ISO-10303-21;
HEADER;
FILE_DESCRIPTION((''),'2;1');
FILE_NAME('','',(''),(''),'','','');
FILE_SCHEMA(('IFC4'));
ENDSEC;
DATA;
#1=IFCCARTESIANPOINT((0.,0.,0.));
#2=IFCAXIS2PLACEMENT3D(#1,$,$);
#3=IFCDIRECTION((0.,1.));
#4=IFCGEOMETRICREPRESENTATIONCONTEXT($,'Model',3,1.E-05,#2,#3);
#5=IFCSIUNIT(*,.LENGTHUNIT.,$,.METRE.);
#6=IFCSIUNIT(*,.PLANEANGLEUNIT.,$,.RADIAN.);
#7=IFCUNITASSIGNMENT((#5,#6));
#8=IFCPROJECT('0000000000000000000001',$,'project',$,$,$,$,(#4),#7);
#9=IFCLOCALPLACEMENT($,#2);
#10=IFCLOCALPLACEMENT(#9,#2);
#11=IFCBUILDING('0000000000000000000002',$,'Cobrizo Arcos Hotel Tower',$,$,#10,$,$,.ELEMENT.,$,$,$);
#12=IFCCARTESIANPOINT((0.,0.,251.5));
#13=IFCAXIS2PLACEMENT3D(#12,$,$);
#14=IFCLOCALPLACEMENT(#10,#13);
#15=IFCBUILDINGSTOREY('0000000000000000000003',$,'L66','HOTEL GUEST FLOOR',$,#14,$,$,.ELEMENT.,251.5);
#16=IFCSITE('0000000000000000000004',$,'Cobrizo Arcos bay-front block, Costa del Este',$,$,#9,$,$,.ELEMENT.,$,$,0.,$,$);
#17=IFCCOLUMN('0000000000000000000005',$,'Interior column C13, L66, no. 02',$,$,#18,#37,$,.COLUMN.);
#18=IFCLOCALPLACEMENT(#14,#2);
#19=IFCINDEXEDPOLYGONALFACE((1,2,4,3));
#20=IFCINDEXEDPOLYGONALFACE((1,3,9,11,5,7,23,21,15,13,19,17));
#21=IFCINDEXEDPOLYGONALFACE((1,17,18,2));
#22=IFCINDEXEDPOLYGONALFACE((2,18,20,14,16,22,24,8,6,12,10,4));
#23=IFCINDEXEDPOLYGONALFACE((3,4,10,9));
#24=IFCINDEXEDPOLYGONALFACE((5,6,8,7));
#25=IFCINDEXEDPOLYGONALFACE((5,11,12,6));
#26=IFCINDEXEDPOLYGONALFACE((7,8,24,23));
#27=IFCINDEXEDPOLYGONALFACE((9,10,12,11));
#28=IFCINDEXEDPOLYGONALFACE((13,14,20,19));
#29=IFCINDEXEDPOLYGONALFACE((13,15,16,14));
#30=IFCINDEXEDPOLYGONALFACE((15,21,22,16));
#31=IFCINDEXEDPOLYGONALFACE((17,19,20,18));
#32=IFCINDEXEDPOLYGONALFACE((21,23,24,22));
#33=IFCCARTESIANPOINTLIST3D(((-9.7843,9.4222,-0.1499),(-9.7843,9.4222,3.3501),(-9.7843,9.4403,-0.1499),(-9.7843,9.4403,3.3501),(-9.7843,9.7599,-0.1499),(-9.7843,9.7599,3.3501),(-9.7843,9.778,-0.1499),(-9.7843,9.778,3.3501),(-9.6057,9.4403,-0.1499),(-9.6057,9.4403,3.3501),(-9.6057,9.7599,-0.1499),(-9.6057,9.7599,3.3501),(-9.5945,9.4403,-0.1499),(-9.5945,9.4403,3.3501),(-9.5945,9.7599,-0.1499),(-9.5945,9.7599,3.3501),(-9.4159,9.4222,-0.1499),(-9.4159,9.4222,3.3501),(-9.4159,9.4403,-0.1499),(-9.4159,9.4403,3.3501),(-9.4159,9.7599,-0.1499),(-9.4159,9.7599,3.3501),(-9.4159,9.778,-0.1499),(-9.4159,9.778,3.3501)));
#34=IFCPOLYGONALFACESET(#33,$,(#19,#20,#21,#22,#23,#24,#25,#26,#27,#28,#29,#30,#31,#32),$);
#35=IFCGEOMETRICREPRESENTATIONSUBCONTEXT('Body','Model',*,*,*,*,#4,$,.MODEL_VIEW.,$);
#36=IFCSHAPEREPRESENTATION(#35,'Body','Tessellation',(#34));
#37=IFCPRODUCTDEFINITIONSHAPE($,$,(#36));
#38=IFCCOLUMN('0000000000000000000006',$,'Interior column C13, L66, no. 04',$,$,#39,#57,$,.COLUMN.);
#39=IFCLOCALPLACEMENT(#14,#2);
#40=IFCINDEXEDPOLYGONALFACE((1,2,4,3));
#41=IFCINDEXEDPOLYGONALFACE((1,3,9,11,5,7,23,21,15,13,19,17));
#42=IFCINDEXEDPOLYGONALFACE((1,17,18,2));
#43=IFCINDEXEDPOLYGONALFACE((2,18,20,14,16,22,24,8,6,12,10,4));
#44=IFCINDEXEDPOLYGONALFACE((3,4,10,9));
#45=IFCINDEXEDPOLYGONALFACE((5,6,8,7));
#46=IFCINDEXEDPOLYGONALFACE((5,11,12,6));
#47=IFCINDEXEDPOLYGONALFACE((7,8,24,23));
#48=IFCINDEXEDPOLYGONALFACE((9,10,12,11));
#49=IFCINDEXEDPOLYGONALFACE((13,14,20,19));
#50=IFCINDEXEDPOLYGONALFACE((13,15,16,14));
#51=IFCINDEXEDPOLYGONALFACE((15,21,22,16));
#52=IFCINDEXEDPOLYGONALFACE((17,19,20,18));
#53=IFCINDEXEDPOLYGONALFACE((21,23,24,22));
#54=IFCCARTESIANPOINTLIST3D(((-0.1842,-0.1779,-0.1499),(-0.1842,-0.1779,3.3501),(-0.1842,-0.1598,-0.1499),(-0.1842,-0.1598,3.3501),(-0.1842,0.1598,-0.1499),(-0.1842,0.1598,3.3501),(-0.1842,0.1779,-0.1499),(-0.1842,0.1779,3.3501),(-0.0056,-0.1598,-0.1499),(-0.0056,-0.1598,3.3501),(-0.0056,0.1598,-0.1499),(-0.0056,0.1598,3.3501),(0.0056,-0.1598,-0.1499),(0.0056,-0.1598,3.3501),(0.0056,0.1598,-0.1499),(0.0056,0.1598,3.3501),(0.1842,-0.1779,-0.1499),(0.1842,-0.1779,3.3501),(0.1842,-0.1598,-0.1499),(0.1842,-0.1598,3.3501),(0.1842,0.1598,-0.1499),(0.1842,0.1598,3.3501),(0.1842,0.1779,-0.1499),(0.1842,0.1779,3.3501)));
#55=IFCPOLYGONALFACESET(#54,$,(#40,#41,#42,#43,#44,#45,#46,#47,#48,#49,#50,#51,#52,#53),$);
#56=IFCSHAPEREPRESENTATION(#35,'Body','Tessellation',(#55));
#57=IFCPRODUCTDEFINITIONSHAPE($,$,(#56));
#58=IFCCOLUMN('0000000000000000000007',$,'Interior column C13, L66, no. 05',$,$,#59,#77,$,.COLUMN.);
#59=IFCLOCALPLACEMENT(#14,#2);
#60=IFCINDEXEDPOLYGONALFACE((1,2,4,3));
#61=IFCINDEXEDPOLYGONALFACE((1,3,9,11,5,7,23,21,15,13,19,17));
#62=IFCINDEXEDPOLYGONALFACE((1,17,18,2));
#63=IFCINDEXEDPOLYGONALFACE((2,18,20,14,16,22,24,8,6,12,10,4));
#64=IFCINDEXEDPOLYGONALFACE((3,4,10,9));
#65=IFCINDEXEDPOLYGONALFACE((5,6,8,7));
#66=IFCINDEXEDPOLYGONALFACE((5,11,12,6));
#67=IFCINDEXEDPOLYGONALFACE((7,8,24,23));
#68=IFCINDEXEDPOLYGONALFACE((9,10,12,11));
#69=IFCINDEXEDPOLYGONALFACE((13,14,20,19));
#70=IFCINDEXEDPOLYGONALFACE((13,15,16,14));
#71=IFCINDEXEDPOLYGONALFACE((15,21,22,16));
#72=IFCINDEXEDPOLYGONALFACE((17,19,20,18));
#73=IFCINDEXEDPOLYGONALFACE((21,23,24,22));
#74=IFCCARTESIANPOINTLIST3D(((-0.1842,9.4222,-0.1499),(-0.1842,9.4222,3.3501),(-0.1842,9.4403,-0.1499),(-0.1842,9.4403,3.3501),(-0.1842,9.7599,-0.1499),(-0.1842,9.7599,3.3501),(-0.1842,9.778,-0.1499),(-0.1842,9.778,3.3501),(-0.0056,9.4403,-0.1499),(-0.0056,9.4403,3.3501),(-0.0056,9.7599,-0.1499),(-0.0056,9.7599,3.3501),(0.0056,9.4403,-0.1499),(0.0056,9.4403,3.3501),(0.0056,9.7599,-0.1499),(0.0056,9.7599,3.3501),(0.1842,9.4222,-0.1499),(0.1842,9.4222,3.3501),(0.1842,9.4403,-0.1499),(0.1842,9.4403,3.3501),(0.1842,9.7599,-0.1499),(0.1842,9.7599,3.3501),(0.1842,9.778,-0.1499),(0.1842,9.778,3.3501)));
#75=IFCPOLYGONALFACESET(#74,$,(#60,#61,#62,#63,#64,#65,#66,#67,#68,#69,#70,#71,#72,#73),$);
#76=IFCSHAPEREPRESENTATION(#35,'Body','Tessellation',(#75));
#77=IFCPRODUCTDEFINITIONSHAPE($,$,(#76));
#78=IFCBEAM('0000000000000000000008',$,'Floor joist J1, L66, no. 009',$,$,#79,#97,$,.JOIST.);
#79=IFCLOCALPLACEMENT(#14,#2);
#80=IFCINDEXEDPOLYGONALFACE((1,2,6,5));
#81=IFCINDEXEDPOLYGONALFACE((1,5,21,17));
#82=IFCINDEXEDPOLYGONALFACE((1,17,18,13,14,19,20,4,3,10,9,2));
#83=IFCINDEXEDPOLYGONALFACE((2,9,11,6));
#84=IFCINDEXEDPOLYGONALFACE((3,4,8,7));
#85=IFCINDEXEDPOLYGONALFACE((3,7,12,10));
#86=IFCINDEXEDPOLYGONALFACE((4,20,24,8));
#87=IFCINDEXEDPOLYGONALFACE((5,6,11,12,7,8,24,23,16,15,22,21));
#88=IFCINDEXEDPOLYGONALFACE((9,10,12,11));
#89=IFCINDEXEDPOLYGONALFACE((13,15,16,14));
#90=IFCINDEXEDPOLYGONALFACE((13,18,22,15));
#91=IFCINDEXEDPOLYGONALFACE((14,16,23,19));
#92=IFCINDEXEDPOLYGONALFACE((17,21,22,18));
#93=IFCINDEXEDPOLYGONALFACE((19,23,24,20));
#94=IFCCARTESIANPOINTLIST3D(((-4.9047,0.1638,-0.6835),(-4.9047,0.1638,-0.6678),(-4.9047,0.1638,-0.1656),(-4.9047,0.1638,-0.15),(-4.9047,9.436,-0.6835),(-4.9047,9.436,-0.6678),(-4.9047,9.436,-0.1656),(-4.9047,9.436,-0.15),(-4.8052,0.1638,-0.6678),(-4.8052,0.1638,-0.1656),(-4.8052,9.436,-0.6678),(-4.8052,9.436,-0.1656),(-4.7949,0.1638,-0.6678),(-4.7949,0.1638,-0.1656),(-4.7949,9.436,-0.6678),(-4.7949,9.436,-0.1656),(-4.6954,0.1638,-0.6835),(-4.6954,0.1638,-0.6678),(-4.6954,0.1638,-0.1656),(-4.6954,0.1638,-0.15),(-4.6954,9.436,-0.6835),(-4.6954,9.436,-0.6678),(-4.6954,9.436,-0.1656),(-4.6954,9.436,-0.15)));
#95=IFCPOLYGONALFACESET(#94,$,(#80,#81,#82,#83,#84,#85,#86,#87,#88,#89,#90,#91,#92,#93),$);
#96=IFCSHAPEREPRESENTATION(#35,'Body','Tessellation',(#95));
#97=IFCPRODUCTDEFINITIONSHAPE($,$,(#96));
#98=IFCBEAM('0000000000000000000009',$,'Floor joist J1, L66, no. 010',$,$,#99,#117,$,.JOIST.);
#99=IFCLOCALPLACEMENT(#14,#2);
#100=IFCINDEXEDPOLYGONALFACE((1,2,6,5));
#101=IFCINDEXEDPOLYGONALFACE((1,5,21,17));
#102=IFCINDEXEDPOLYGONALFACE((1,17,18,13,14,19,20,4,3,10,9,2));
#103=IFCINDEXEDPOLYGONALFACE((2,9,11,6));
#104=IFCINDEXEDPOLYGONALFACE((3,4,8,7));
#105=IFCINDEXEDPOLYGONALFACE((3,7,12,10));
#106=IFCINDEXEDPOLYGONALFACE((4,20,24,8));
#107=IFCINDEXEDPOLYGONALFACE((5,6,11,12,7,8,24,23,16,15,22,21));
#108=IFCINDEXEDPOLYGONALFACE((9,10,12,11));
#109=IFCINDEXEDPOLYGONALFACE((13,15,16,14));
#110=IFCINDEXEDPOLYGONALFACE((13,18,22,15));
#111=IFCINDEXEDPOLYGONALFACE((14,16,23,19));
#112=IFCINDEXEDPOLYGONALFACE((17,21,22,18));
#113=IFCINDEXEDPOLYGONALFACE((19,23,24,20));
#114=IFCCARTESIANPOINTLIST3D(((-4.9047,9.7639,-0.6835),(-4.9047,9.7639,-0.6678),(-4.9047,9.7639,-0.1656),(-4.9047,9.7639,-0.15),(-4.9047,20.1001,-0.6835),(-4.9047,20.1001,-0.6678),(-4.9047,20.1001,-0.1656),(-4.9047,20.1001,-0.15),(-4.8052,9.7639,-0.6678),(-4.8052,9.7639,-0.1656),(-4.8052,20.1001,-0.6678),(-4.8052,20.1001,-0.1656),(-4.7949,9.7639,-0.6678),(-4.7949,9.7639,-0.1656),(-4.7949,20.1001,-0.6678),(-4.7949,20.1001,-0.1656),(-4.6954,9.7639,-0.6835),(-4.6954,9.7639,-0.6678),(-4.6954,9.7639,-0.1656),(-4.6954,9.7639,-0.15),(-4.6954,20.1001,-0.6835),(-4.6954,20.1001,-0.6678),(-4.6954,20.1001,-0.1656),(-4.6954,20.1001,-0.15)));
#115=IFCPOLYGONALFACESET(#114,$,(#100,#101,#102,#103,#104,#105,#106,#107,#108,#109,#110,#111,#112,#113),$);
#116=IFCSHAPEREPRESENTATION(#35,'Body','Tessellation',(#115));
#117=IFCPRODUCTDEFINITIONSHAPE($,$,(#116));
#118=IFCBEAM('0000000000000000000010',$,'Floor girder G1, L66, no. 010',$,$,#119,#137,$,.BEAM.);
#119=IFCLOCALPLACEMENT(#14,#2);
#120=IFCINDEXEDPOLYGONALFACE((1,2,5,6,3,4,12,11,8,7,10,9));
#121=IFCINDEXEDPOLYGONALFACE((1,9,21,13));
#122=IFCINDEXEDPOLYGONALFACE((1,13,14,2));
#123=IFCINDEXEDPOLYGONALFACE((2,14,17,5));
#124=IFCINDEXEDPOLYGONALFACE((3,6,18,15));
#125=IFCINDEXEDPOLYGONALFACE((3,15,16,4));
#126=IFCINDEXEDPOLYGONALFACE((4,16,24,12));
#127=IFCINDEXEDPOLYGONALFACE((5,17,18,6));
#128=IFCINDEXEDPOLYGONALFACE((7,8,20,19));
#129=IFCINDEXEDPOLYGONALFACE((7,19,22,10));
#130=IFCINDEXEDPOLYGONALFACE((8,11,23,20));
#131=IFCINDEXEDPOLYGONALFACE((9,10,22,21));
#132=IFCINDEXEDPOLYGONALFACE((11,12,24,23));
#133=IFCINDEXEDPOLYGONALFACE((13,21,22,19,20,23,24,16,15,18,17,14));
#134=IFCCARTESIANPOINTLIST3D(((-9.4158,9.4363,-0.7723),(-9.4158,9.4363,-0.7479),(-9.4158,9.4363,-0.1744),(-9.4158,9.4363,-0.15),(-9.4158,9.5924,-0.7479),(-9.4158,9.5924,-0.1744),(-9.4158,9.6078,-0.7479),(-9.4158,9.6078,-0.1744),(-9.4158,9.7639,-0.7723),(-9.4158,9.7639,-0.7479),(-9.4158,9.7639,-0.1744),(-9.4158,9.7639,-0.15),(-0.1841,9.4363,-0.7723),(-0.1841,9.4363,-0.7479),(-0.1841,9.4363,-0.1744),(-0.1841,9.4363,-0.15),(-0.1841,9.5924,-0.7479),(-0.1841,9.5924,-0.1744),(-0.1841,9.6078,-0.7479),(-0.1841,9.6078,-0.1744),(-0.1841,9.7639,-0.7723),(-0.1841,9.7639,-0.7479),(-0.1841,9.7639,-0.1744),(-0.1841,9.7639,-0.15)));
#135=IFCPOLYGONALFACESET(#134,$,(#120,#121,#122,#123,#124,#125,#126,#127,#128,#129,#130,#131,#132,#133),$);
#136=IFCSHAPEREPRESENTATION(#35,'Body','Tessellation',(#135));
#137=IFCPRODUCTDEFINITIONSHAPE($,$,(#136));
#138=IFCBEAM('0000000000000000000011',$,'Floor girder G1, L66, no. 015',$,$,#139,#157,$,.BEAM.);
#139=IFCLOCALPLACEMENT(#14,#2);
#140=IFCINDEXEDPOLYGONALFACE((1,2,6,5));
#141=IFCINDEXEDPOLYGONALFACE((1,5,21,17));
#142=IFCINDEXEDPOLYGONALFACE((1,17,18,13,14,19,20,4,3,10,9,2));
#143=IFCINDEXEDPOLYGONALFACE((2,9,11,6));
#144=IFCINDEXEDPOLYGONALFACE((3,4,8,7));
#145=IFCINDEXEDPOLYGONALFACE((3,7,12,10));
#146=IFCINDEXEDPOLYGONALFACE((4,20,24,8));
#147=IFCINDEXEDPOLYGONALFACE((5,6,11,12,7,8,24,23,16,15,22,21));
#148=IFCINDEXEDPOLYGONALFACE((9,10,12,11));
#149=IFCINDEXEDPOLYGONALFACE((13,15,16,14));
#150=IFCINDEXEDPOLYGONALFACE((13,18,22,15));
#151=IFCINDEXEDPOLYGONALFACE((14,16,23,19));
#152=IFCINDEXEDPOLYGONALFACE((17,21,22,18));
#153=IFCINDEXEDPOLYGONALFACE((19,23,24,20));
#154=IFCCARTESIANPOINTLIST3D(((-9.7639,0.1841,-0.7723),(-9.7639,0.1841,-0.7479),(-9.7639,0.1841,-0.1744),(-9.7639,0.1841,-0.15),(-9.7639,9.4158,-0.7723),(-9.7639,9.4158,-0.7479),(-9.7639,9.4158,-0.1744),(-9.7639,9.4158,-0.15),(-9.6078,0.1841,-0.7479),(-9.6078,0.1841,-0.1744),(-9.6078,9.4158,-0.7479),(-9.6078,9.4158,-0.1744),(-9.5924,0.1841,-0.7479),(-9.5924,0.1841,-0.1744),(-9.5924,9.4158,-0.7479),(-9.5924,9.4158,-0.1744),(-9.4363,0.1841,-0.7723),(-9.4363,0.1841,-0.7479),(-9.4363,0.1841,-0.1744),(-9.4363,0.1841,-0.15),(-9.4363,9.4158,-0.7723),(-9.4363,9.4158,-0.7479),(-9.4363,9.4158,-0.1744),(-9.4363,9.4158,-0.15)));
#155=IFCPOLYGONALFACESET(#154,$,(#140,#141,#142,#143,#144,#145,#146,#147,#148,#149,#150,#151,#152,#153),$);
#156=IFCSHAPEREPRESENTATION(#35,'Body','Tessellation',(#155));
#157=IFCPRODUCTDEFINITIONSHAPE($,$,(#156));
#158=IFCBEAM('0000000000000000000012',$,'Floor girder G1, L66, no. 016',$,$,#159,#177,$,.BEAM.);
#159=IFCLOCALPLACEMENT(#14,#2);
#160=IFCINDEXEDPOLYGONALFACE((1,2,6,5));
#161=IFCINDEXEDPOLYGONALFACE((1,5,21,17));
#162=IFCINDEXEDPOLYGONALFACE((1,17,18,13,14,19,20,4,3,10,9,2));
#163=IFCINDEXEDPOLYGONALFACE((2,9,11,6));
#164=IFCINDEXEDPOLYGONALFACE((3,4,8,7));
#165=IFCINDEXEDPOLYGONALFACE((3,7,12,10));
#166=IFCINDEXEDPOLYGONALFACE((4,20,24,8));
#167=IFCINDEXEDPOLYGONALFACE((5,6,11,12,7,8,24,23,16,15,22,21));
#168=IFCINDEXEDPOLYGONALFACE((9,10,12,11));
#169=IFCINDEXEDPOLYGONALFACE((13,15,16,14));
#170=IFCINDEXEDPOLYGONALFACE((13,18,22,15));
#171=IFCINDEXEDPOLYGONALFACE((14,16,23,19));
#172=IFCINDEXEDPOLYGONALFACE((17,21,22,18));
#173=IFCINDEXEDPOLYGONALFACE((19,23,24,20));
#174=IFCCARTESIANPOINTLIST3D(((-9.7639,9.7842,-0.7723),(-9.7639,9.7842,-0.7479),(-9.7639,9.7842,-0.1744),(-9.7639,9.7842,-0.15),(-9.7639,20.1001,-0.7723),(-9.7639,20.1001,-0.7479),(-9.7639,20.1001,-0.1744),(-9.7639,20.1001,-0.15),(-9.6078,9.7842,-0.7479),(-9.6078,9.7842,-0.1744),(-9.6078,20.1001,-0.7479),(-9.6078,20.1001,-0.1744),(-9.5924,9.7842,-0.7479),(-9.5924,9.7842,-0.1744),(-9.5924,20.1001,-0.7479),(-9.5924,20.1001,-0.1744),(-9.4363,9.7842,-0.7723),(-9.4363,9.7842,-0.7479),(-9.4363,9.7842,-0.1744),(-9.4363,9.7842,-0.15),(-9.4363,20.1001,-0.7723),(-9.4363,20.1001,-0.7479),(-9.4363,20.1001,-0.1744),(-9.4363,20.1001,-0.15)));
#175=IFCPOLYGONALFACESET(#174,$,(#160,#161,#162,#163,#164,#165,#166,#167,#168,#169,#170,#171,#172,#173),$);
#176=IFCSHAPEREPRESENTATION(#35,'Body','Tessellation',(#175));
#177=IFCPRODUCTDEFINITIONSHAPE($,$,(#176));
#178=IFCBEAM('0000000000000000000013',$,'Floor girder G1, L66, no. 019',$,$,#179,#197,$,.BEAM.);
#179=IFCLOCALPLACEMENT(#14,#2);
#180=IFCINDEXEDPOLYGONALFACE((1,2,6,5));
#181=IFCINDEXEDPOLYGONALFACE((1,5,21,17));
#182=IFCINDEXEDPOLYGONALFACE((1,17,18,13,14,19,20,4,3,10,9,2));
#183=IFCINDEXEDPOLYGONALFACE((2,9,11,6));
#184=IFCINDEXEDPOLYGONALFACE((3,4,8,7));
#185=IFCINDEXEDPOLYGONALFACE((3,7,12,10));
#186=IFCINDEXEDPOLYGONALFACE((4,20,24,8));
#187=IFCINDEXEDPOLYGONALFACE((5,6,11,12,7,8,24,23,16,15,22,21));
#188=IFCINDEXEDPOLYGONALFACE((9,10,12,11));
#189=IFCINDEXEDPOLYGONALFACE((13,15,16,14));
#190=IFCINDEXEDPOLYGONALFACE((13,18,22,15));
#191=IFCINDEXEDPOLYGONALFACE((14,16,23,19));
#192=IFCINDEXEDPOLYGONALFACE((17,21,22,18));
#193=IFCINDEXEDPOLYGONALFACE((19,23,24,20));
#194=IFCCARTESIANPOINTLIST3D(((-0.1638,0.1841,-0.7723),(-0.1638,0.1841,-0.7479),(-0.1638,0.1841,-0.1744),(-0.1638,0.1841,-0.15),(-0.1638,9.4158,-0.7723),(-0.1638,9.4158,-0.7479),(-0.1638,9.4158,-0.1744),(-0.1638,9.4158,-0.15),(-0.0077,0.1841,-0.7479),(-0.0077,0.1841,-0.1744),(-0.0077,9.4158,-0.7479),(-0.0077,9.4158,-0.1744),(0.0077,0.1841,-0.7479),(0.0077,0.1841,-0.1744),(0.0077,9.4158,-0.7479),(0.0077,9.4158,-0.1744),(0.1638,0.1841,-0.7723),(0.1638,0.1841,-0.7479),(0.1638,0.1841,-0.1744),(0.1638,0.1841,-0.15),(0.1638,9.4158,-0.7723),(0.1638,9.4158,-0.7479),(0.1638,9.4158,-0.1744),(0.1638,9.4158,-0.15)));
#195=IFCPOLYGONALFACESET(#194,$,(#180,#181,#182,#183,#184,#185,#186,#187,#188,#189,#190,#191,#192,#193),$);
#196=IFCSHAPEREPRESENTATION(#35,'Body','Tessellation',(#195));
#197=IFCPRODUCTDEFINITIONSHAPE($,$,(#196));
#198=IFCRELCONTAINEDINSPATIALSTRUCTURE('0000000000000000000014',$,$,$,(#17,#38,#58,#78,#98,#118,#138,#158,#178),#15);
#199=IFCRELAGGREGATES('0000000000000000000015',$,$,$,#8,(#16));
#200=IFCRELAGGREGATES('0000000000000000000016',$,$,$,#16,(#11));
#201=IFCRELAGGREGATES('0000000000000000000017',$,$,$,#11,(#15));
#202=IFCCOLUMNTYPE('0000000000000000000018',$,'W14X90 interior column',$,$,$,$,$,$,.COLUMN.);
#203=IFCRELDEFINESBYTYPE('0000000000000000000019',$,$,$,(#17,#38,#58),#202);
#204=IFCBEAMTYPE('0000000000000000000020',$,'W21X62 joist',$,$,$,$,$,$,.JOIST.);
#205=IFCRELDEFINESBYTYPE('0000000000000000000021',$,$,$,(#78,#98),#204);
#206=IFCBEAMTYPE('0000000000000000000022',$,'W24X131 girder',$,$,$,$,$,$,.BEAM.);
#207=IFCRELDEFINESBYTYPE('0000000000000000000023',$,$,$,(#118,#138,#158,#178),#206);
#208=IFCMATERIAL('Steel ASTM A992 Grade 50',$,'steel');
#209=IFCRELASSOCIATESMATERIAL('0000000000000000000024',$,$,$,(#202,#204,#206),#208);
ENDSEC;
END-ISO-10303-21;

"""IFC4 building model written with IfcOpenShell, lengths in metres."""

from ifc_helpers import new_model, si_unit, direction, frame, origin, origin_2d, place, context, subcontext, project, spatial, i_section, extrude, material, material_profile, profile_set, type_object, element, save


model = new_model("IFC4")

# Units and contexts
model_context = context("Model", 3, precision=1e-05, world=origin(), true_north=direction((0.0, 1.0)))
body_context = subcontext(model_context, "Body", "Model", "MODEL_VIEW")
ifc_project = project(units=[si_unit("LENGTHUNIT", "METRE"), si_unit("PLANEANGLEUNIT", "RADIAN")], contexts=[model_context])

# Site, building, storey
site_placement = place(None, origin())
site = spatial("IfcSite", under=ifc_project, at=site_placement, Name="Cobrizo Arcos bay-front block, Costa del Este", CompositionType="ELEMENT", RefElevation=0.0)
building_placement = place(site_placement, origin())
building = spatial("IfcBuilding", under=site, at=building_placement, Name="Cobrizo Arcos Hotel Tower", CompositionType="ELEMENT")
storey_placement = place(building_placement, frame((0.0, 0.0, 251.5)))
storey = spatial("IfcBuildingStorey", under=building, at=storey_placement, Name="L66", Description="HOTEL GUEST FLOOR", CompositionType="ELEMENT", Elevation=251.5)

# Columns
ifc_material_1 = material(Name="Steel ASTM A992 Grade 50", Category="steel")
ifc_material_profile_1 = material_profile(ifc_material_1, i_section(OverallWidth=0.3684, OverallDepth=0.3557, WebThickness=0.0112, FlangeThickness=0.0181, at=origin_2d()), Name="W14X90")
ifc_profile_set_1 = profile_set([ifc_material_profile_1], Name="Steel ASTM A992 Grade 50")
column_type = type_object("IfcColumnType", Name="W14X90 interior column", PredefinedType="COLUMN", material=ifc_profile_set_1)
for number, where, z_axis, x_axis, name in (
    (1, (-9.6001, 9.6001, -0.1499), (0.0, 0.0, 1.0), (1.0, 0.0, 0.0), "Interior column C13, L66, no. 02"),
    (2, (0.0, 0.0, -0.1499), (0.0, 0.0, 1.0), (1.0, 0.0, 0.0), "Interior column C13, L66, no. 04"),
    (3, (0.0, 9.6001, -0.1499), (0.0, 0.0, 1.0), (1.0, 0.0, 0.0), "Interior column C13, L66, no. 05"),
):
    element("IfcColumn", number, at=place(storey_placement, frame(where, z_axis=z_axis, x_axis=x_axis)), inside=storey, type_object=column_type, Name=name, PredefinedType="COLUMN", context=body_context, shape_type="SweptSolid", body=[
        extrude(i_section(OverallWidth=0.3684, OverallDepth=0.3557, WebThickness=0.0112, FlangeThickness=0.0181, at=origin_2d()), origin(), (0.0, 0.0, 1.0), 3.5),
    ])

# Beams
ifc_material_profile_2 = material_profile(ifc_material_1, i_section(OverallWidth=0.2092, OverallDepth=0.5334, WebThickness=0.0103, FlangeThickness=0.0156, at=origin_2d()), Name="W21X62")
ifc_profile_set_2 = profile_set([ifc_material_profile_2], Name="Steel ASTM A992 Grade 50")
beam_type_1 = type_object("IfcBeamType", Name="W21X62 joist", PredefinedType="JOIST", material=ifc_profile_set_2)
beam_1_placement = place(storey_placement, frame((-4.8, 0.1638, -0.4167), z_axis=(0.0, 1.0, 0.0), x_axis=(-1.0, 0.0, 0.0)))
element("IfcBeam", 4, at=beam_1_placement, inside=storey, type_object=beam_type_1, Name="Floor joist J1, L66, no. 009", PredefinedType="JOIST", context=body_context, shape_type="SweptSolid", body=[
    extrude(i_section(OverallWidth=0.2092, OverallDepth=0.5334, WebThickness=0.0103, FlangeThickness=0.0156, at=origin_2d()), origin(), (0.0, 0.0, 1.0), 9.2722),
])
beam_2_placement = place(storey_placement, frame((-4.8, 9.7639, -0.4167), z_axis=(0.0, 1.0, 0.0), x_axis=(-1.0, 0.0, 0.0)))
element("IfcBeam", 5, at=beam_2_placement, inside=storey, type_object=beam_type_1, Name="Floor joist J1, L66, no. 010", PredefinedType="JOIST", context=body_context, shape_type="SweptSolid", body=[
    extrude(i_section(OverallWidth=0.2092, OverallDepth=0.5334, WebThickness=0.0103, FlangeThickness=0.0156, at=origin_2d()), origin(), (0.0, 0.0, 1.0), 10.3362),
])
ifc_material_profile_3 = material_profile(ifc_material_1, i_section(OverallWidth=0.3276, OverallDepth=0.6223, WebThickness=0.0154, FlangeThickness=0.0244, at=origin_2d()), Name="W24X131")
ifc_profile_set_3 = profile_set([ifc_material_profile_3], Name="Steel ASTM A992 Grade 50")
beam_type_2 = type_object("IfcBeamType", Name="W24X131 girder", PredefinedType="BEAM", material=ifc_profile_set_3)
for number, where, z_axis, x_axis, name in (
    (6, (-9.4158, 9.6001, -0.4612), (1.0, 0.0, 0.0), (0.0, 1.0, 0.0), "Floor girder G1, L66, no. 010"),
    (7, (-9.6001, 0.1841, -0.4612), (0.0, 1.0, 0.0), (-1.0, 0.0, 0.0), "Floor girder G1, L66, no. 015"),
):
    element("IfcBeam", number, at=place(storey_placement, frame(where, z_axis=z_axis, x_axis=x_axis)), inside=storey, type_object=beam_type_2, Name=name, PredefinedType="BEAM", context=body_context, shape_type="SweptSolid", body=[
        extrude(i_section(OverallWidth=0.3276, OverallDepth=0.6223, WebThickness=0.0154, FlangeThickness=0.0244, at=origin_2d()), origin(), (0.0, 0.0, 1.0), 9.2317),
    ])
beam_3_placement = place(storey_placement, frame((-9.6001, 9.7842, -0.4612), z_axis=(0.0, 1.0, 0.0), x_axis=(-1.0, 0.0, 0.0)))
element("IfcBeam", 8, at=beam_3_placement, inside=storey, type_object=beam_type_2, Name="Floor girder G1, L66, no. 016", PredefinedType="BEAM", context=body_context, shape_type="SweptSolid", body=[
    extrude(i_section(OverallWidth=0.3276, OverallDepth=0.6223, WebThickness=0.0154, FlangeThickness=0.0244, at=origin_2d()), origin(), (0.0, 0.0, 1.0), 10.3159),
])
beam_4_placement = place(storey_placement, frame((0.0, 0.1841, -0.4612), z_axis=(0.0, 1.0, 0.0), x_axis=(-1.0, 0.0, 0.0)))
element("IfcBeam", 9, at=beam_4_placement, inside=storey, type_object=beam_type_2, Name="Floor girder G1, L66, no. 019", PredefinedType="BEAM", context=body_context, shape_type="SweptSolid", body=[
    extrude(i_section(OverallWidth=0.3276, OverallDepth=0.6223, WebThickness=0.0154, FlangeThickness=0.0244, at=origin_2d()), origin(), (0.0, 0.0, 1.0), 9.2317),
])

save(model, "model.ifc")
